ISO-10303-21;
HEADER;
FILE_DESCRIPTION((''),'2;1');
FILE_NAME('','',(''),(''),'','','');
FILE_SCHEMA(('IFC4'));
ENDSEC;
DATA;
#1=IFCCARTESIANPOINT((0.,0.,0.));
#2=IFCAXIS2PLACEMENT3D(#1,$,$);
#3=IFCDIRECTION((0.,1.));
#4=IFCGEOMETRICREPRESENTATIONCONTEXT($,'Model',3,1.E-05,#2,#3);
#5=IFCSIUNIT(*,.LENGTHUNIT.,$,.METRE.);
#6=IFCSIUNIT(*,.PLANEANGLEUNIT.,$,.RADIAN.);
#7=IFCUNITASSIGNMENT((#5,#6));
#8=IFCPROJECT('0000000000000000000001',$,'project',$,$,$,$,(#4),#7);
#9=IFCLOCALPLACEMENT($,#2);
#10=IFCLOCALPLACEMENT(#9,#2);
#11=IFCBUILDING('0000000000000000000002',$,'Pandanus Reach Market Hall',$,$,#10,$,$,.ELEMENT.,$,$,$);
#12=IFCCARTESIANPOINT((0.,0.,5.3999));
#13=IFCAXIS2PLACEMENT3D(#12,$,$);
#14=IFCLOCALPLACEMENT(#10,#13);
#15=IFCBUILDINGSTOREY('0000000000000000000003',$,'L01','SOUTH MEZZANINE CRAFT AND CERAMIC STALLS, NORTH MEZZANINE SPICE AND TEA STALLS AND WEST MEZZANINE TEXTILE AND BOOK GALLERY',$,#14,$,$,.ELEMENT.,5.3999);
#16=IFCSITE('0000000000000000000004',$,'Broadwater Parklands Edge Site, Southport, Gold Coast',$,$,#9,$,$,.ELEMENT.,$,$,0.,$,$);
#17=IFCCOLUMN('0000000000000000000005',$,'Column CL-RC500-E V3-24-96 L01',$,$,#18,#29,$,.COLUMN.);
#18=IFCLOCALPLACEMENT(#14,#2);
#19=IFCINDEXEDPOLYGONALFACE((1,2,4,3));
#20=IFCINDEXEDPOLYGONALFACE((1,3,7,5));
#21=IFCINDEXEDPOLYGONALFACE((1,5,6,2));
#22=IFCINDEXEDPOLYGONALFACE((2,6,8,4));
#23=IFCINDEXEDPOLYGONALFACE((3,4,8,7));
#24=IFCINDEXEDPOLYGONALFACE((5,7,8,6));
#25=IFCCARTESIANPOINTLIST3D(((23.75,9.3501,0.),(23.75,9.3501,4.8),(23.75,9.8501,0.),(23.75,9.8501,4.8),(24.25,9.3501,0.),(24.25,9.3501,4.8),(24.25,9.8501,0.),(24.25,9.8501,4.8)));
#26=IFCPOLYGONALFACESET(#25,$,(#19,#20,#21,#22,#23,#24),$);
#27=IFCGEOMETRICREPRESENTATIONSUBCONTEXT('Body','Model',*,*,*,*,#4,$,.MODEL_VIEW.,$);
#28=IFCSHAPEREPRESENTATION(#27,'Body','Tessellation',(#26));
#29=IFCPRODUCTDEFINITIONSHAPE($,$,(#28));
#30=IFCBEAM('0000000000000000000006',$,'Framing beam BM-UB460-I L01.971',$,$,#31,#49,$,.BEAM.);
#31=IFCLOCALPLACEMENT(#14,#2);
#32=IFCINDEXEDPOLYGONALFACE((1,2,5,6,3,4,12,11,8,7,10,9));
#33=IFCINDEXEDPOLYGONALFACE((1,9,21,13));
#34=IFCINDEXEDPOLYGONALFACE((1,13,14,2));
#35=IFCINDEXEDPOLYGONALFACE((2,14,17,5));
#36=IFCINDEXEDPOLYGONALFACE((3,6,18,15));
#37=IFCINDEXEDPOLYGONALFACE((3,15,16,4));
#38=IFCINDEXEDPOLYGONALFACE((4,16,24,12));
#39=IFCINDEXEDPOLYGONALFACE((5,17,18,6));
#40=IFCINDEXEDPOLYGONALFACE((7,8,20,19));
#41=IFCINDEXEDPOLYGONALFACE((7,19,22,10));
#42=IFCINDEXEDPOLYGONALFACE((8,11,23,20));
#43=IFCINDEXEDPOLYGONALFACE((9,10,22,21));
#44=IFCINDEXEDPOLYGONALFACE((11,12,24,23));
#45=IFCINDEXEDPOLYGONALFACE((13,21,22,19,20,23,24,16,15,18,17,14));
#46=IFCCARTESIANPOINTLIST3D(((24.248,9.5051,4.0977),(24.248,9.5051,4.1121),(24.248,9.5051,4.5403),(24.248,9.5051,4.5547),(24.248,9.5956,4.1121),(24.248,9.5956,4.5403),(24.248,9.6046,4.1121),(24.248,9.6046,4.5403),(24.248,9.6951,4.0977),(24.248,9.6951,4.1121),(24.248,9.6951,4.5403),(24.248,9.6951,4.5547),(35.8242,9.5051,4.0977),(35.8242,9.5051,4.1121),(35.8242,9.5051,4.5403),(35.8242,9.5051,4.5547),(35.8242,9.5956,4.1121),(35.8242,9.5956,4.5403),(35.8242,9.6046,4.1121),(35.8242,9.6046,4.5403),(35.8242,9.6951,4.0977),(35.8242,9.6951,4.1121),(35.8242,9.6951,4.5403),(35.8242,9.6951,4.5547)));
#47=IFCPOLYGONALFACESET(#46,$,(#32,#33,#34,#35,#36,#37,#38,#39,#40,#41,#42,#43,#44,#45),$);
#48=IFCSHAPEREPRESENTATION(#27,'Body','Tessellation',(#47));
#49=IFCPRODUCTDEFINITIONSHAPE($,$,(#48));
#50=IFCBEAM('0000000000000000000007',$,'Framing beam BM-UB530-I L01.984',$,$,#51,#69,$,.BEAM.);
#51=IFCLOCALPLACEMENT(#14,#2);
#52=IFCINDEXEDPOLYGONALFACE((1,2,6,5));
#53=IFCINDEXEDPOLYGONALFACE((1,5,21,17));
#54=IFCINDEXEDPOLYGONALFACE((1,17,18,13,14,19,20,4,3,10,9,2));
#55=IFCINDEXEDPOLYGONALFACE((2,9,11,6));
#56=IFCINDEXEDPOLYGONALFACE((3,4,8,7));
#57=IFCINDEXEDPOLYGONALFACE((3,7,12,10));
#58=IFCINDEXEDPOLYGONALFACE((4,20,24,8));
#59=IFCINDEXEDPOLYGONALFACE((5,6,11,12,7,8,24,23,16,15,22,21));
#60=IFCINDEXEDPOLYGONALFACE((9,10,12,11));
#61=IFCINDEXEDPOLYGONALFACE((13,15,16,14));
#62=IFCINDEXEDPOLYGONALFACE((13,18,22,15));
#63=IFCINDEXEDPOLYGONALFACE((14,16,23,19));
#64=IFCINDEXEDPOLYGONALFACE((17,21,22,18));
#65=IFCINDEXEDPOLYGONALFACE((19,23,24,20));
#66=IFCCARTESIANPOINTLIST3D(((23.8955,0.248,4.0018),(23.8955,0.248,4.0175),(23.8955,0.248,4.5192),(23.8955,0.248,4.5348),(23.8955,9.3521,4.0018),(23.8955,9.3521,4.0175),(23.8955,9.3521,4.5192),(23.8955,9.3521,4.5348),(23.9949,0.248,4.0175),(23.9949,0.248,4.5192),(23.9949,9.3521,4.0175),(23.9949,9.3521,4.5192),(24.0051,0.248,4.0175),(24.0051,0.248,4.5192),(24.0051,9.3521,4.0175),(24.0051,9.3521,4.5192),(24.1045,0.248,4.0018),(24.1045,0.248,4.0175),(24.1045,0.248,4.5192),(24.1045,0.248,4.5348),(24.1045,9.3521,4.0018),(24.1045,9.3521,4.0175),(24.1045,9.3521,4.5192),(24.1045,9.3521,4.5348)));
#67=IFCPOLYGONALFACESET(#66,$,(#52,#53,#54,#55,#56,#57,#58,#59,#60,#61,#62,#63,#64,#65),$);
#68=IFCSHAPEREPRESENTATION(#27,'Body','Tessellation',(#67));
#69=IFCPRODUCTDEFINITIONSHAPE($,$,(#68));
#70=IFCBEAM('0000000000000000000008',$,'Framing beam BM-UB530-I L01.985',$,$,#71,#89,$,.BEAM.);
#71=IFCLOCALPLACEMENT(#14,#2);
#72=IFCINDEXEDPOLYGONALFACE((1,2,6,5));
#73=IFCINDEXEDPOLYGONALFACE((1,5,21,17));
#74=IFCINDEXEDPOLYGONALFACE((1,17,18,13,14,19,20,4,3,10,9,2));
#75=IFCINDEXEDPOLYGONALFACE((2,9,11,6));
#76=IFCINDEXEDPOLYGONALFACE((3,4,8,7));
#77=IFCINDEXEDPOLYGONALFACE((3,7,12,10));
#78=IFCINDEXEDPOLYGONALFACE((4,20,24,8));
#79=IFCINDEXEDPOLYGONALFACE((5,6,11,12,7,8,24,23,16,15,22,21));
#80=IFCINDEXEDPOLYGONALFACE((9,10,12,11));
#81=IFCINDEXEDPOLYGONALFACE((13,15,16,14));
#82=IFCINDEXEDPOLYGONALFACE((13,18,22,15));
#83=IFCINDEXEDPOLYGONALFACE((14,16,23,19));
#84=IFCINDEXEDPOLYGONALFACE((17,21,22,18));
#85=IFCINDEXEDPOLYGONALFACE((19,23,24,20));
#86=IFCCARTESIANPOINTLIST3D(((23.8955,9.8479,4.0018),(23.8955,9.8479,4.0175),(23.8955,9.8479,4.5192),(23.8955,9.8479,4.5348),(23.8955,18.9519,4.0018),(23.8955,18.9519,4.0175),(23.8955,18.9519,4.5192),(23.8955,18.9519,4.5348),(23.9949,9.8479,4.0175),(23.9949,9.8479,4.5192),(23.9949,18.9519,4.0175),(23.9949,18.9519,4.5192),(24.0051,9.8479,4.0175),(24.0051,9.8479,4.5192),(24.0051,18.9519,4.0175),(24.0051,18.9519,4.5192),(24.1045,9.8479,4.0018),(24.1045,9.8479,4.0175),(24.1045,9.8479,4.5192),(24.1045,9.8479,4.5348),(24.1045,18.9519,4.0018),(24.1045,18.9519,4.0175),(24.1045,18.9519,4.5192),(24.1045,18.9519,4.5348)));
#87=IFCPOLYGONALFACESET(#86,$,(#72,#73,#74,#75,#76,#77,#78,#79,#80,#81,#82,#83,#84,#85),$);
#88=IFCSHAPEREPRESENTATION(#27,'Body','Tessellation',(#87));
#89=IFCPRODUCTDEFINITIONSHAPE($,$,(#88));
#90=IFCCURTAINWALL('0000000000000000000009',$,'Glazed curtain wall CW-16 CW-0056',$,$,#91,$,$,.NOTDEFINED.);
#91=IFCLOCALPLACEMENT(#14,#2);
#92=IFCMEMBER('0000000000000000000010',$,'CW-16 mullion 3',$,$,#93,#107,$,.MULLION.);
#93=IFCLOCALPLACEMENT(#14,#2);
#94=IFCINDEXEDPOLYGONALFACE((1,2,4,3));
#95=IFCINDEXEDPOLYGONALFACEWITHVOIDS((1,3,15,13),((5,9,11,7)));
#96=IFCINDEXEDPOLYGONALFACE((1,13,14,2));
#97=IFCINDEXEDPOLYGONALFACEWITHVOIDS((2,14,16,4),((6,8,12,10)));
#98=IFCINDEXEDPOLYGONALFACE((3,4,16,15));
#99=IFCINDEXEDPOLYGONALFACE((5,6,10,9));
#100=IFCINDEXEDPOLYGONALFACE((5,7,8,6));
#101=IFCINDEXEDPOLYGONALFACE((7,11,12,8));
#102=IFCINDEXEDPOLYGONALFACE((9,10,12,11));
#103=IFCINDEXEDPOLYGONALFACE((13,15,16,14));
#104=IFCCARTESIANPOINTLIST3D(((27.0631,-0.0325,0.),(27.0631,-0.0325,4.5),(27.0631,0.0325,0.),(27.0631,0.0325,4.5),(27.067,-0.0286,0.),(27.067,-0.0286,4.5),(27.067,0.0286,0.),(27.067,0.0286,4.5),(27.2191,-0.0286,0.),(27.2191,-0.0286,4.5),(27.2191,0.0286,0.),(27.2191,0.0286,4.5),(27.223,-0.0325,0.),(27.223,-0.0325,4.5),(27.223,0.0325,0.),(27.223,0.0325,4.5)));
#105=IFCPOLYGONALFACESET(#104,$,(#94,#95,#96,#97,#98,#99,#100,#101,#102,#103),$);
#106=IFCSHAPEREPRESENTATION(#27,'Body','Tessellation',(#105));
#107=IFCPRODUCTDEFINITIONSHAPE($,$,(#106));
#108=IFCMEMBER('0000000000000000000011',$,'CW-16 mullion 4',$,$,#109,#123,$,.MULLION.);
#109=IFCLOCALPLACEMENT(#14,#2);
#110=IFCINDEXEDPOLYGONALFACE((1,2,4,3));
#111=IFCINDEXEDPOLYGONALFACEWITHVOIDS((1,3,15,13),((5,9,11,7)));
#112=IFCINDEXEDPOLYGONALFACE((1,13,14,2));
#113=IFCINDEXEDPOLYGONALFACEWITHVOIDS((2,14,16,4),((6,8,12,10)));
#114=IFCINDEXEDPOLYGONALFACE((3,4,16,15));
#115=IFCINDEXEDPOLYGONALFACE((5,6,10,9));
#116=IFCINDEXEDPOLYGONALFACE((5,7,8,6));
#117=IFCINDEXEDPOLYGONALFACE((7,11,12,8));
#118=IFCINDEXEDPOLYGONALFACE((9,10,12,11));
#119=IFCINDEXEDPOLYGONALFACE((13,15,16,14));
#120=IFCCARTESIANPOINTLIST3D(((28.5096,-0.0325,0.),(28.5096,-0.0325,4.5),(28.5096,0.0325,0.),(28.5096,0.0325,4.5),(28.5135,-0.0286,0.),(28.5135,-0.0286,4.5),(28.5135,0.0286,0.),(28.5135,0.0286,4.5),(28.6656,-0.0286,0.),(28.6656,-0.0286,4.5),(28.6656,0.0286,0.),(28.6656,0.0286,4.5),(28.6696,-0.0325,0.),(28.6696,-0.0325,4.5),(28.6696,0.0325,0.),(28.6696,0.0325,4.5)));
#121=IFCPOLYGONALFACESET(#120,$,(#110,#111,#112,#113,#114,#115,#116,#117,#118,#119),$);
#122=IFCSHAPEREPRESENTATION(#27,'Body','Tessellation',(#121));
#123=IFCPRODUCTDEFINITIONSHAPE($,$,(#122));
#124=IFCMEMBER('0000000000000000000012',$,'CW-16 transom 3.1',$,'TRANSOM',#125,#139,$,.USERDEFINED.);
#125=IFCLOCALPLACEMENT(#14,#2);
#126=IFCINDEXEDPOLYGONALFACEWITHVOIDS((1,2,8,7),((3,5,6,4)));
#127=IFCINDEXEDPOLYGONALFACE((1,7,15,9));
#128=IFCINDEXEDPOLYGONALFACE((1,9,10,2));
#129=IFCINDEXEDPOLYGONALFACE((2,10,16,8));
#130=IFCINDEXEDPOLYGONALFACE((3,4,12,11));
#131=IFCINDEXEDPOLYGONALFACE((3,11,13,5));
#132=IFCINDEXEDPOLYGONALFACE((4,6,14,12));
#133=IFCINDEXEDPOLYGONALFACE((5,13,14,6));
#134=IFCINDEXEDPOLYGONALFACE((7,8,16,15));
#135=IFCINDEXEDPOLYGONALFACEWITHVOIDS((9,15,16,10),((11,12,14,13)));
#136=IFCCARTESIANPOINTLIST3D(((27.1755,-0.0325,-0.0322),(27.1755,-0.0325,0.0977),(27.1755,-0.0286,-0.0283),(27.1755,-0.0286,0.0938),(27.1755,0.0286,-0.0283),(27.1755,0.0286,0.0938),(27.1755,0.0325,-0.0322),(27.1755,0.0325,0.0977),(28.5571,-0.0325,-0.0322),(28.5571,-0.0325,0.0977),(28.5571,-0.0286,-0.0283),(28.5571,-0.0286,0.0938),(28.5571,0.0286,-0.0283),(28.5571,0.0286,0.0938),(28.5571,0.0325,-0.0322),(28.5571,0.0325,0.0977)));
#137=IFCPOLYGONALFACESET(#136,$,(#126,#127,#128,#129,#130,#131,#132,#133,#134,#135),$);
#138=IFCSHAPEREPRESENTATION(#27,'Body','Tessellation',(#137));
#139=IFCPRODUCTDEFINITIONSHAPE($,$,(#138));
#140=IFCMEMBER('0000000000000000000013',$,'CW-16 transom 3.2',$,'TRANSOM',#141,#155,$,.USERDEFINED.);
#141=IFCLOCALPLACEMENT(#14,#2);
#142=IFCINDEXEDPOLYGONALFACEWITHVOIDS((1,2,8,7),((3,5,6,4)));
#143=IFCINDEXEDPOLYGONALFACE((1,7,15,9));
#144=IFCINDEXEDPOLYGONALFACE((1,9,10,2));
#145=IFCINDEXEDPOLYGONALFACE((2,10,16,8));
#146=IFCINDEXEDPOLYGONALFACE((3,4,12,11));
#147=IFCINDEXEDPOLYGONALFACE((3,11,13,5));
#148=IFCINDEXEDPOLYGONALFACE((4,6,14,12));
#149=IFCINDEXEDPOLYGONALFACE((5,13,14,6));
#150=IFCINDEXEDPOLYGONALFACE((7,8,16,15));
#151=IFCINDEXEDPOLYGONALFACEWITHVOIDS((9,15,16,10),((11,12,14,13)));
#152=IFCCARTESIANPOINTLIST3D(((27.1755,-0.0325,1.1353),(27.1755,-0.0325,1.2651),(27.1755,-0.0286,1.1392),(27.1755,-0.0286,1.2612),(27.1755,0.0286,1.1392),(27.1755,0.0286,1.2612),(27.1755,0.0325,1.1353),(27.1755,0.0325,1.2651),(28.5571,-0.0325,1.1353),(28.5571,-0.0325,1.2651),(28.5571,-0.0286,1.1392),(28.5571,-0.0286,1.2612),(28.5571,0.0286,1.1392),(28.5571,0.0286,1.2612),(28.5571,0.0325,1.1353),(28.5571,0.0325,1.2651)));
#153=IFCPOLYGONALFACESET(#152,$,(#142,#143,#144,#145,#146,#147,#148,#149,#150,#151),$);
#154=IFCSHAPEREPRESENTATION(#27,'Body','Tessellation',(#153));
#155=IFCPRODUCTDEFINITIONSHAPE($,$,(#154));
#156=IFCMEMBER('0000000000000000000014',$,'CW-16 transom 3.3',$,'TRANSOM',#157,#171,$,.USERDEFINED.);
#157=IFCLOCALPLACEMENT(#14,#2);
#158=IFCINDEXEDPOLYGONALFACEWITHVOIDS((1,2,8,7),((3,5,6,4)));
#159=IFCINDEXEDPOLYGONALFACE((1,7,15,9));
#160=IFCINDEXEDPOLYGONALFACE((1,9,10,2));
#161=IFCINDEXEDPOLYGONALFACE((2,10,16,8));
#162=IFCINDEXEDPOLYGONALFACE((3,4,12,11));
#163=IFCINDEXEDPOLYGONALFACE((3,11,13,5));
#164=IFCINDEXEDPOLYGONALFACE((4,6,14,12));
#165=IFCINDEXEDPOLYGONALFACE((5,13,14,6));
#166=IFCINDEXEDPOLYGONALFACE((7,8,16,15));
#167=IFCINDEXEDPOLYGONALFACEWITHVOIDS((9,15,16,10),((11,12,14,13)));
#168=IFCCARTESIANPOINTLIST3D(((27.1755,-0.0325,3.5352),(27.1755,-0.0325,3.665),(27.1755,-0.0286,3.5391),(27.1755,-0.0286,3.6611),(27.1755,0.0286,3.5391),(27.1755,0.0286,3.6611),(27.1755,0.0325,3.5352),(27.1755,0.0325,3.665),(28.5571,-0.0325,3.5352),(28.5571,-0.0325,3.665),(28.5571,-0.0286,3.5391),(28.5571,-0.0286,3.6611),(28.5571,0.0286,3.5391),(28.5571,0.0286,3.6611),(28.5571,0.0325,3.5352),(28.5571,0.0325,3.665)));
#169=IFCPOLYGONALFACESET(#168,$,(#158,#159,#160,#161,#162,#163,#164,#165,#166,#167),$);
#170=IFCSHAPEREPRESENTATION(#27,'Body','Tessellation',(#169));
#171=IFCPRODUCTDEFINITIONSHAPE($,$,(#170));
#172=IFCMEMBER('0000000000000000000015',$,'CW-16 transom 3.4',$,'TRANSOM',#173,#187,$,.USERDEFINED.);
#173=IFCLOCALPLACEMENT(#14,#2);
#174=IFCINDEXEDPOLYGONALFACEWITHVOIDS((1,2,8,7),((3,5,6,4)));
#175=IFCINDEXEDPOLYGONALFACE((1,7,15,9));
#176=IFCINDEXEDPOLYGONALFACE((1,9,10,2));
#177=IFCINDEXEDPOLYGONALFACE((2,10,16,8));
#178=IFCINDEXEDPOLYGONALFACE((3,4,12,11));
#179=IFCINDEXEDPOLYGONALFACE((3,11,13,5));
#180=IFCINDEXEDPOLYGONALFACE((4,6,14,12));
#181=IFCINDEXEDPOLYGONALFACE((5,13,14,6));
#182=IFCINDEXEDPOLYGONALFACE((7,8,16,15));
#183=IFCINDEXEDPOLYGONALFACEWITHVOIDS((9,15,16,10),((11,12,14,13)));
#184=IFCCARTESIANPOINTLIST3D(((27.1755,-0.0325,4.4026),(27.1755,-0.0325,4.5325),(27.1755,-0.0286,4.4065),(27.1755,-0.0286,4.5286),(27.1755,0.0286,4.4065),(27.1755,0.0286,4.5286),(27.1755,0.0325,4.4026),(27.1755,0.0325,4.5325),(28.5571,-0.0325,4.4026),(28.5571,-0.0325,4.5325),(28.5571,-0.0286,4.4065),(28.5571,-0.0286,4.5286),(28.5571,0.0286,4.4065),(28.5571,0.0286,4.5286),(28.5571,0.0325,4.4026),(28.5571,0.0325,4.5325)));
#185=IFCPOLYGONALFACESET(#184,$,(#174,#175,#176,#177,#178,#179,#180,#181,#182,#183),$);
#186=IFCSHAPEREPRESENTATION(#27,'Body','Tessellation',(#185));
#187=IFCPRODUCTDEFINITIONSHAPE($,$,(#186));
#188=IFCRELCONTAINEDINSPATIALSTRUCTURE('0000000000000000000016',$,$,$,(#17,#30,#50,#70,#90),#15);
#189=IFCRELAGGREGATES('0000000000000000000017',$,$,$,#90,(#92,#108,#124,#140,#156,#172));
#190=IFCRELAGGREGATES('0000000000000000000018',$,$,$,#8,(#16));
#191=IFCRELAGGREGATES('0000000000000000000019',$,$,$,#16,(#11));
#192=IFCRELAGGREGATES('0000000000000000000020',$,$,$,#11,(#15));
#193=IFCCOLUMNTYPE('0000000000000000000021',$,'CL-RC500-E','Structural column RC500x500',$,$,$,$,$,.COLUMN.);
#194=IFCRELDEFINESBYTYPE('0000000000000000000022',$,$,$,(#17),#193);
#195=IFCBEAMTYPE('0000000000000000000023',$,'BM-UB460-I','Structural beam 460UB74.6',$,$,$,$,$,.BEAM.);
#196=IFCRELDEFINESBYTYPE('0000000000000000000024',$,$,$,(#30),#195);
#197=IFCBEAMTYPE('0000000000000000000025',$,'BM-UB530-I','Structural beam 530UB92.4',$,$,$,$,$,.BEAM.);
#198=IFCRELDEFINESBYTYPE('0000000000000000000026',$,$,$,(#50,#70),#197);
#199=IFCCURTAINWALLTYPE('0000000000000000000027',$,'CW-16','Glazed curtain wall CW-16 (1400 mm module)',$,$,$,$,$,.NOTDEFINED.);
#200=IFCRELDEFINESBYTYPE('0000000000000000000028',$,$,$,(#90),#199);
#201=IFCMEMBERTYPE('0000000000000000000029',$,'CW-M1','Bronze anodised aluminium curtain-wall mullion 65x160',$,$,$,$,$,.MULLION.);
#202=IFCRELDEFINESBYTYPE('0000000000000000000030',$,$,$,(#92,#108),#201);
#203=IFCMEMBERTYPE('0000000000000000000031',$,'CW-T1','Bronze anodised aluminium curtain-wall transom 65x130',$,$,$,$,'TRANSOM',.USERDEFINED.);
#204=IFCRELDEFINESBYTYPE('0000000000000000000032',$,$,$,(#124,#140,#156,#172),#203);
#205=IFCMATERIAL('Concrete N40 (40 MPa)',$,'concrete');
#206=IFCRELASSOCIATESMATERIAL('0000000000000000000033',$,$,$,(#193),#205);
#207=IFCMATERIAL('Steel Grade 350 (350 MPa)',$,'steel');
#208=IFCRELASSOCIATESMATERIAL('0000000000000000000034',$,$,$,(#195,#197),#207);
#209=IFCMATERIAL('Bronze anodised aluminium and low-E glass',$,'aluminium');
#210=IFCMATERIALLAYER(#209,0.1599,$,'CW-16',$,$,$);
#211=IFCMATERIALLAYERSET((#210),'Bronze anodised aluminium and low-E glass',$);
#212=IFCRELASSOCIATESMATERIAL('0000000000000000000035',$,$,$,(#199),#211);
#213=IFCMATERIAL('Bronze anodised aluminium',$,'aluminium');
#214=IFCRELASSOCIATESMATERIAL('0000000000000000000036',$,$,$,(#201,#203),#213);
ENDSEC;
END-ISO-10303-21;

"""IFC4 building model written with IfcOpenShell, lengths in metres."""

from ifc_helpers import new_model, si_unit, direction, frame, origin, origin_2d, place, context, subcontext, project, spatial, rectangle, hollow_rectangle, i_section, extrude, material, layer, layer_set, material_profile, profile_set, type_object, element, aggregate, save


model = new_model("IFC4")

# Units and contexts
model_context = context("Model", 3, precision=1e-05, world=origin(), true_north=direction((0.0, 1.0)))
body_context = subcontext(model_context, "Body", "Model", "MODEL_VIEW")
ifc_project = project(units=[si_unit("LENGTHUNIT", "METRE"), si_unit("PLANEANGLEUNIT", "RADIAN")], contexts=[model_context])

# Site, building, storey
site_placement = place(None, origin())
site = spatial("IfcSite", under=ifc_project, at=site_placement, Name="Broadwater Parklands Edge Site, Southport, Gold Coast", CompositionType="ELEMENT", RefElevation=0.0)
building_placement = place(site_placement, origin())
building = spatial("IfcBuilding", under=site, at=building_placement, Name="Pandanus Reach Market Hall", CompositionType="ELEMENT")
storey_placement = place(building_placement, frame((0.0, 0.0, 5.3999)))
storey = spatial("IfcBuildingStorey", under=building, at=storey_placement, Name="L01", Description="SOUTH MEZZANINE CRAFT AND CERAMIC STALLS, NORTH MEZZANINE SPICE AND TEA STALLS AND WEST MEZZANINE TEXTILE AND BOOK GALLERY", CompositionType="ELEMENT", Elevation=5.3999)

# Column
ifc_material_1 = material(Name="Concrete N40 (40 MPa)", Category="concrete")
ifc_material_profile_1 = material_profile(ifc_material_1, rectangle(XDim=0.5, YDim=0.5, at=origin_2d()), Name="RC500x500", Category="LoadBearing")
ifc_profile_set_1 = profile_set([ifc_material_profile_1], Name="Concrete N40 (40 MPa)")
column_type = type_object("IfcColumnType", Name="CL-RC500-E", Description="Structural column RC500x500", PredefinedType="COLUMN", material=ifc_profile_set_1)
column_placement = place(storey_placement, frame((24.0, 9.6001, 0.0), z_axis=(0.0, 0.0, 1.0), x_axis=(1.0, 0.0, 0.0)))
element("IfcColumn", 1, at=column_placement, inside=storey, type_object=column_type, Name="Column CL-RC500-E V3-24-96 L01", PredefinedType="COLUMN", context=body_context, shape_type="SweptSolid", body=[
    extrude(rectangle(XDim=0.5, YDim=0.5, at=origin_2d()), origin(), (0.0, 0.0, 1.0), 4.8),
])

# Beams
ifc_material_2 = material(Name="Steel Grade 350 (350 MPa)", Category="steel")
ifc_material_profile_2 = material_profile(ifc_material_2, i_section(OverallWidth=0.1899, OverallDepth=0.457, WebThickness=0.009, FlangeThickness=0.0144, at=origin_2d()), Name="460UB74.6", Category="LoadBearing")
ifc_profile_set_2 = profile_set([ifc_material_profile_2], Name="Steel Grade 350 (350 MPa)")
beam_type_1 = type_object("IfcBeamType", Name="BM-UB460-I", Description="Structural beam 460UB74.6", PredefinedType="BEAM", material=ifc_profile_set_2)
beam_1_placement = place(storey_placement, frame((24.248, 9.6001, 4.3262), z_axis=(1.0, 0.0, 0.0), x_axis=(0.0, 1.0, 0.0)))
element("IfcBeam", 2, at=beam_1_placement, inside=storey, type_object=beam_type_1, Name="Framing beam BM-UB460-I L01.971", PredefinedType="BEAM", context=body_context, shape_type="SweptSolid", body=[
    extrude(i_section(OverallWidth=0.1899, OverallDepth=0.457, WebThickness=0.009, FlangeThickness=0.0144, at=origin_2d()), origin(), (0.0, 0.0, 1.0), 11.5762),
])
ifc_material_profile_3 = material_profile(ifc_material_2, i_section(OverallWidth=0.209, OverallDepth=0.533, WebThickness=0.0103, FlangeThickness=0.0156, at=origin_2d()), Name="530UB92.4", Category="LoadBearing")
ifc_profile_set_3 = profile_set([ifc_material_profile_3], Name="Steel Grade 350 (350 MPa)")
beam_type_2 = type_object("IfcBeamType", Name="BM-UB530-I", Description="Structural beam 530UB92.4", PredefinedType="BEAM", material=ifc_profile_set_3)
for number, where, z_axis, x_axis, name in (
    (3, (24.0, 0.248, 4.2683), (0.0, 1.0, 0.0), (-1.0, 0.0, 0.0), "Framing beam BM-UB530-I L01.984"),
    (4, (24.0, 9.8479, 4.2683), (0.0, 1.0, 0.0), (-1.0, 0.0, 0.0), "Framing beam BM-UB530-I L01.985"),
):
    element("IfcBeam", number, at=place(storey_placement, frame(where, z_axis=z_axis, x_axis=x_axis)), inside=storey, type_object=beam_type_2, Name=name, PredefinedType="BEAM", context=body_context, shape_type="SweptSolid", body=[
        extrude(i_section(OverallWidth=0.209, OverallDepth=0.533, WebThickness=0.0103, FlangeThickness=0.0156, at=origin_2d()), origin(), (0.0, 0.0, 1.0), 9.104),
    ])

# Curtain wall, members
ifc_material_3 = material(Name="Bronze anodised aluminium and low-E glass", Category="aluminium")
ifc_layer_1 = layer(ifc_material_3, 0.1599, Name="CW-16")
ifc_layer_set_1 = layer_set([ifc_layer_1], Name="Bronze anodised aluminium and low-E glass")
curtain_wall_type = type_object("IfcCurtainWallType", Name="CW-16", Description="Glazed curtain wall CW-16 (1400 mm module)", PredefinedType="NOTDEFINED", material=ifc_layer_set_1)
curtain_wall_placement = place(storey_placement, origin())
curtain_wall = element("IfcCurtainWall", 5, at=curtain_wall_placement, inside=storey, type_object=curtain_wall_type, Name="Glazed curtain wall CW-16 CW-0056", PredefinedType="NOTDEFINED")
ifc_material_4 = material(Name="Bronze anodised aluminium", Category="aluminium")
ifc_material_profile_4 = material_profile(ifc_material_4, hollow_rectangle(XDim=0.0649, YDim=0.1599, WallThickness=0.0039, at=origin_2d()), Name="ALU65x160", Category="LoadBearing")
ifc_profile_set_4 = profile_set([ifc_material_profile_4], Name="Bronze anodised aluminium")
member_type_1 = type_object("IfcMemberType", Name="CW-M1", Description="Bronze anodised aluminium curtain-wall mullion 65x160", PredefinedType="MULLION", material=ifc_profile_set_4)
member_1_placement = place(storey_placement, frame((27.1431, 0.0, 0.0), z_axis=(0.0, 0.0, 1.0), x_axis=(0.0, 1.0, 0.0)))
member_1 = element("IfcMember", 6, at=member_1_placement, type_object=member_type_1, Name="CW-16 mullion 3", PredefinedType="MULLION", context=body_context, shape_type="SweptSolid", body=[
    extrude(hollow_rectangle(XDim=0.0649, YDim=0.1599, WallThickness=0.0039, at=origin_2d()), origin(), (0.0, 0.0, 1.0), 4.5),
])
member_2_placement = place(storey_placement, frame((28.5896, 0.0, 0.0), z_axis=(0.0, 0.0, 1.0), x_axis=(0.0, 1.0, 0.0)))
member_2 = element("IfcMember", 7, at=member_2_placement, type_object=member_type_1, Name="CW-16 mullion 4", PredefinedType="MULLION", context=body_context, shape_type="SweptSolid", body=[
    extrude(hollow_rectangle(XDim=0.0649, YDim=0.1599, WallThickness=0.0039, at=origin_2d()), origin(), (0.0, 0.0, 1.0), 4.5),
])
ifc_material_profile_5 = material_profile(ifc_material_4, hollow_rectangle(XDim=0.0649, YDim=0.1299, WallThickness=0.0039, at=origin_2d()), Name="ALU65x130", Category="LoadBearing")
ifc_profile_set_5 = profile_set([ifc_material_profile_5], Name="Bronze anodised aluminium")
member_type_2 = type_object("IfcMemberType", Name="CW-T1", Description="Bronze anodised aluminium curtain-wall transom 65x130", ElementType="TRANSOM", PredefinedType="USERDEFINED", material=ifc_profile_set_5)
member_3_placement = place(storey_placement, frame((27.1755, 0.0, 0.0327), z_axis=(1.0, 0.0, 0.0), x_axis=(0.0, 1.0, 0.0)))
member_3 = element("IfcMember", 8, at=member_3_placement, type_object=member_type_2, Name="CW-16 transom 3.1", ObjectType="TRANSOM", PredefinedType="USERDEFINED", context=body_context, shape_type="SweptSolid", body=[
    extrude(hollow_rectangle(XDim=0.0649, YDim=0.1299, WallThickness=0.0039, at=origin_2d()), origin(), (0.0, 0.0, 1.0), 1.3816),
])
member_4_placement = place(storey_placement, frame((27.1755, 0.0, 1.2002), z_axis=(1.0, 0.0, 0.0), x_axis=(0.0, 1.0, 0.0)))
member_4 = element("IfcMember", 9, at=member_4_placement, type_object=member_type_2, Name="CW-16 transom 3.2", ObjectType="TRANSOM", PredefinedType="USERDEFINED", context=body_context, shape_type="SweptSolid", body=[
    extrude(hollow_rectangle(XDim=0.0649, YDim=0.1299, WallThickness=0.0039, at=origin_2d()), origin(), (0.0, 0.0, 1.0), 1.3816),
])
member_5_placement = place(storey_placement, frame((27.1755, 0.0, 3.6001), z_axis=(1.0, 0.0, 0.0), x_axis=(0.0, 1.0, 0.0)))
member_5 = element("IfcMember", 10, at=member_5_placement, type_object=member_type_2, Name="CW-16 transom 3.3", ObjectType="TRANSOM", PredefinedType="USERDEFINED", context=body_context, shape_type="SweptSolid", body=[
    extrude(hollow_rectangle(XDim=0.0649, YDim=0.1299, WallThickness=0.0039, at=origin_2d()), origin(), (0.0, 0.0, 1.0), 1.3816),
])
member_6_placement = place(storey_placement, frame((27.1755, 0.0, 4.4675), z_axis=(1.0, 0.0, 0.0), x_axis=(0.0, 1.0, 0.0)))
member_6 = element("IfcMember", 11, at=member_6_placement, type_object=member_type_2, Name="CW-16 transom 3.4", ObjectType="TRANSOM", PredefinedType="USERDEFINED", context=body_context, shape_type="SweptSolid", body=[
    extrude(hollow_rectangle(XDim=0.0649, YDim=0.1299, WallThickness=0.0039, at=origin_2d()), origin(), (0.0, 0.0, 1.0), 1.3816),
])

aggregate(curtain_wall, [member_1, member_2, member_3, member_4, member_5, member_6])

save(model, "model.ifc")
